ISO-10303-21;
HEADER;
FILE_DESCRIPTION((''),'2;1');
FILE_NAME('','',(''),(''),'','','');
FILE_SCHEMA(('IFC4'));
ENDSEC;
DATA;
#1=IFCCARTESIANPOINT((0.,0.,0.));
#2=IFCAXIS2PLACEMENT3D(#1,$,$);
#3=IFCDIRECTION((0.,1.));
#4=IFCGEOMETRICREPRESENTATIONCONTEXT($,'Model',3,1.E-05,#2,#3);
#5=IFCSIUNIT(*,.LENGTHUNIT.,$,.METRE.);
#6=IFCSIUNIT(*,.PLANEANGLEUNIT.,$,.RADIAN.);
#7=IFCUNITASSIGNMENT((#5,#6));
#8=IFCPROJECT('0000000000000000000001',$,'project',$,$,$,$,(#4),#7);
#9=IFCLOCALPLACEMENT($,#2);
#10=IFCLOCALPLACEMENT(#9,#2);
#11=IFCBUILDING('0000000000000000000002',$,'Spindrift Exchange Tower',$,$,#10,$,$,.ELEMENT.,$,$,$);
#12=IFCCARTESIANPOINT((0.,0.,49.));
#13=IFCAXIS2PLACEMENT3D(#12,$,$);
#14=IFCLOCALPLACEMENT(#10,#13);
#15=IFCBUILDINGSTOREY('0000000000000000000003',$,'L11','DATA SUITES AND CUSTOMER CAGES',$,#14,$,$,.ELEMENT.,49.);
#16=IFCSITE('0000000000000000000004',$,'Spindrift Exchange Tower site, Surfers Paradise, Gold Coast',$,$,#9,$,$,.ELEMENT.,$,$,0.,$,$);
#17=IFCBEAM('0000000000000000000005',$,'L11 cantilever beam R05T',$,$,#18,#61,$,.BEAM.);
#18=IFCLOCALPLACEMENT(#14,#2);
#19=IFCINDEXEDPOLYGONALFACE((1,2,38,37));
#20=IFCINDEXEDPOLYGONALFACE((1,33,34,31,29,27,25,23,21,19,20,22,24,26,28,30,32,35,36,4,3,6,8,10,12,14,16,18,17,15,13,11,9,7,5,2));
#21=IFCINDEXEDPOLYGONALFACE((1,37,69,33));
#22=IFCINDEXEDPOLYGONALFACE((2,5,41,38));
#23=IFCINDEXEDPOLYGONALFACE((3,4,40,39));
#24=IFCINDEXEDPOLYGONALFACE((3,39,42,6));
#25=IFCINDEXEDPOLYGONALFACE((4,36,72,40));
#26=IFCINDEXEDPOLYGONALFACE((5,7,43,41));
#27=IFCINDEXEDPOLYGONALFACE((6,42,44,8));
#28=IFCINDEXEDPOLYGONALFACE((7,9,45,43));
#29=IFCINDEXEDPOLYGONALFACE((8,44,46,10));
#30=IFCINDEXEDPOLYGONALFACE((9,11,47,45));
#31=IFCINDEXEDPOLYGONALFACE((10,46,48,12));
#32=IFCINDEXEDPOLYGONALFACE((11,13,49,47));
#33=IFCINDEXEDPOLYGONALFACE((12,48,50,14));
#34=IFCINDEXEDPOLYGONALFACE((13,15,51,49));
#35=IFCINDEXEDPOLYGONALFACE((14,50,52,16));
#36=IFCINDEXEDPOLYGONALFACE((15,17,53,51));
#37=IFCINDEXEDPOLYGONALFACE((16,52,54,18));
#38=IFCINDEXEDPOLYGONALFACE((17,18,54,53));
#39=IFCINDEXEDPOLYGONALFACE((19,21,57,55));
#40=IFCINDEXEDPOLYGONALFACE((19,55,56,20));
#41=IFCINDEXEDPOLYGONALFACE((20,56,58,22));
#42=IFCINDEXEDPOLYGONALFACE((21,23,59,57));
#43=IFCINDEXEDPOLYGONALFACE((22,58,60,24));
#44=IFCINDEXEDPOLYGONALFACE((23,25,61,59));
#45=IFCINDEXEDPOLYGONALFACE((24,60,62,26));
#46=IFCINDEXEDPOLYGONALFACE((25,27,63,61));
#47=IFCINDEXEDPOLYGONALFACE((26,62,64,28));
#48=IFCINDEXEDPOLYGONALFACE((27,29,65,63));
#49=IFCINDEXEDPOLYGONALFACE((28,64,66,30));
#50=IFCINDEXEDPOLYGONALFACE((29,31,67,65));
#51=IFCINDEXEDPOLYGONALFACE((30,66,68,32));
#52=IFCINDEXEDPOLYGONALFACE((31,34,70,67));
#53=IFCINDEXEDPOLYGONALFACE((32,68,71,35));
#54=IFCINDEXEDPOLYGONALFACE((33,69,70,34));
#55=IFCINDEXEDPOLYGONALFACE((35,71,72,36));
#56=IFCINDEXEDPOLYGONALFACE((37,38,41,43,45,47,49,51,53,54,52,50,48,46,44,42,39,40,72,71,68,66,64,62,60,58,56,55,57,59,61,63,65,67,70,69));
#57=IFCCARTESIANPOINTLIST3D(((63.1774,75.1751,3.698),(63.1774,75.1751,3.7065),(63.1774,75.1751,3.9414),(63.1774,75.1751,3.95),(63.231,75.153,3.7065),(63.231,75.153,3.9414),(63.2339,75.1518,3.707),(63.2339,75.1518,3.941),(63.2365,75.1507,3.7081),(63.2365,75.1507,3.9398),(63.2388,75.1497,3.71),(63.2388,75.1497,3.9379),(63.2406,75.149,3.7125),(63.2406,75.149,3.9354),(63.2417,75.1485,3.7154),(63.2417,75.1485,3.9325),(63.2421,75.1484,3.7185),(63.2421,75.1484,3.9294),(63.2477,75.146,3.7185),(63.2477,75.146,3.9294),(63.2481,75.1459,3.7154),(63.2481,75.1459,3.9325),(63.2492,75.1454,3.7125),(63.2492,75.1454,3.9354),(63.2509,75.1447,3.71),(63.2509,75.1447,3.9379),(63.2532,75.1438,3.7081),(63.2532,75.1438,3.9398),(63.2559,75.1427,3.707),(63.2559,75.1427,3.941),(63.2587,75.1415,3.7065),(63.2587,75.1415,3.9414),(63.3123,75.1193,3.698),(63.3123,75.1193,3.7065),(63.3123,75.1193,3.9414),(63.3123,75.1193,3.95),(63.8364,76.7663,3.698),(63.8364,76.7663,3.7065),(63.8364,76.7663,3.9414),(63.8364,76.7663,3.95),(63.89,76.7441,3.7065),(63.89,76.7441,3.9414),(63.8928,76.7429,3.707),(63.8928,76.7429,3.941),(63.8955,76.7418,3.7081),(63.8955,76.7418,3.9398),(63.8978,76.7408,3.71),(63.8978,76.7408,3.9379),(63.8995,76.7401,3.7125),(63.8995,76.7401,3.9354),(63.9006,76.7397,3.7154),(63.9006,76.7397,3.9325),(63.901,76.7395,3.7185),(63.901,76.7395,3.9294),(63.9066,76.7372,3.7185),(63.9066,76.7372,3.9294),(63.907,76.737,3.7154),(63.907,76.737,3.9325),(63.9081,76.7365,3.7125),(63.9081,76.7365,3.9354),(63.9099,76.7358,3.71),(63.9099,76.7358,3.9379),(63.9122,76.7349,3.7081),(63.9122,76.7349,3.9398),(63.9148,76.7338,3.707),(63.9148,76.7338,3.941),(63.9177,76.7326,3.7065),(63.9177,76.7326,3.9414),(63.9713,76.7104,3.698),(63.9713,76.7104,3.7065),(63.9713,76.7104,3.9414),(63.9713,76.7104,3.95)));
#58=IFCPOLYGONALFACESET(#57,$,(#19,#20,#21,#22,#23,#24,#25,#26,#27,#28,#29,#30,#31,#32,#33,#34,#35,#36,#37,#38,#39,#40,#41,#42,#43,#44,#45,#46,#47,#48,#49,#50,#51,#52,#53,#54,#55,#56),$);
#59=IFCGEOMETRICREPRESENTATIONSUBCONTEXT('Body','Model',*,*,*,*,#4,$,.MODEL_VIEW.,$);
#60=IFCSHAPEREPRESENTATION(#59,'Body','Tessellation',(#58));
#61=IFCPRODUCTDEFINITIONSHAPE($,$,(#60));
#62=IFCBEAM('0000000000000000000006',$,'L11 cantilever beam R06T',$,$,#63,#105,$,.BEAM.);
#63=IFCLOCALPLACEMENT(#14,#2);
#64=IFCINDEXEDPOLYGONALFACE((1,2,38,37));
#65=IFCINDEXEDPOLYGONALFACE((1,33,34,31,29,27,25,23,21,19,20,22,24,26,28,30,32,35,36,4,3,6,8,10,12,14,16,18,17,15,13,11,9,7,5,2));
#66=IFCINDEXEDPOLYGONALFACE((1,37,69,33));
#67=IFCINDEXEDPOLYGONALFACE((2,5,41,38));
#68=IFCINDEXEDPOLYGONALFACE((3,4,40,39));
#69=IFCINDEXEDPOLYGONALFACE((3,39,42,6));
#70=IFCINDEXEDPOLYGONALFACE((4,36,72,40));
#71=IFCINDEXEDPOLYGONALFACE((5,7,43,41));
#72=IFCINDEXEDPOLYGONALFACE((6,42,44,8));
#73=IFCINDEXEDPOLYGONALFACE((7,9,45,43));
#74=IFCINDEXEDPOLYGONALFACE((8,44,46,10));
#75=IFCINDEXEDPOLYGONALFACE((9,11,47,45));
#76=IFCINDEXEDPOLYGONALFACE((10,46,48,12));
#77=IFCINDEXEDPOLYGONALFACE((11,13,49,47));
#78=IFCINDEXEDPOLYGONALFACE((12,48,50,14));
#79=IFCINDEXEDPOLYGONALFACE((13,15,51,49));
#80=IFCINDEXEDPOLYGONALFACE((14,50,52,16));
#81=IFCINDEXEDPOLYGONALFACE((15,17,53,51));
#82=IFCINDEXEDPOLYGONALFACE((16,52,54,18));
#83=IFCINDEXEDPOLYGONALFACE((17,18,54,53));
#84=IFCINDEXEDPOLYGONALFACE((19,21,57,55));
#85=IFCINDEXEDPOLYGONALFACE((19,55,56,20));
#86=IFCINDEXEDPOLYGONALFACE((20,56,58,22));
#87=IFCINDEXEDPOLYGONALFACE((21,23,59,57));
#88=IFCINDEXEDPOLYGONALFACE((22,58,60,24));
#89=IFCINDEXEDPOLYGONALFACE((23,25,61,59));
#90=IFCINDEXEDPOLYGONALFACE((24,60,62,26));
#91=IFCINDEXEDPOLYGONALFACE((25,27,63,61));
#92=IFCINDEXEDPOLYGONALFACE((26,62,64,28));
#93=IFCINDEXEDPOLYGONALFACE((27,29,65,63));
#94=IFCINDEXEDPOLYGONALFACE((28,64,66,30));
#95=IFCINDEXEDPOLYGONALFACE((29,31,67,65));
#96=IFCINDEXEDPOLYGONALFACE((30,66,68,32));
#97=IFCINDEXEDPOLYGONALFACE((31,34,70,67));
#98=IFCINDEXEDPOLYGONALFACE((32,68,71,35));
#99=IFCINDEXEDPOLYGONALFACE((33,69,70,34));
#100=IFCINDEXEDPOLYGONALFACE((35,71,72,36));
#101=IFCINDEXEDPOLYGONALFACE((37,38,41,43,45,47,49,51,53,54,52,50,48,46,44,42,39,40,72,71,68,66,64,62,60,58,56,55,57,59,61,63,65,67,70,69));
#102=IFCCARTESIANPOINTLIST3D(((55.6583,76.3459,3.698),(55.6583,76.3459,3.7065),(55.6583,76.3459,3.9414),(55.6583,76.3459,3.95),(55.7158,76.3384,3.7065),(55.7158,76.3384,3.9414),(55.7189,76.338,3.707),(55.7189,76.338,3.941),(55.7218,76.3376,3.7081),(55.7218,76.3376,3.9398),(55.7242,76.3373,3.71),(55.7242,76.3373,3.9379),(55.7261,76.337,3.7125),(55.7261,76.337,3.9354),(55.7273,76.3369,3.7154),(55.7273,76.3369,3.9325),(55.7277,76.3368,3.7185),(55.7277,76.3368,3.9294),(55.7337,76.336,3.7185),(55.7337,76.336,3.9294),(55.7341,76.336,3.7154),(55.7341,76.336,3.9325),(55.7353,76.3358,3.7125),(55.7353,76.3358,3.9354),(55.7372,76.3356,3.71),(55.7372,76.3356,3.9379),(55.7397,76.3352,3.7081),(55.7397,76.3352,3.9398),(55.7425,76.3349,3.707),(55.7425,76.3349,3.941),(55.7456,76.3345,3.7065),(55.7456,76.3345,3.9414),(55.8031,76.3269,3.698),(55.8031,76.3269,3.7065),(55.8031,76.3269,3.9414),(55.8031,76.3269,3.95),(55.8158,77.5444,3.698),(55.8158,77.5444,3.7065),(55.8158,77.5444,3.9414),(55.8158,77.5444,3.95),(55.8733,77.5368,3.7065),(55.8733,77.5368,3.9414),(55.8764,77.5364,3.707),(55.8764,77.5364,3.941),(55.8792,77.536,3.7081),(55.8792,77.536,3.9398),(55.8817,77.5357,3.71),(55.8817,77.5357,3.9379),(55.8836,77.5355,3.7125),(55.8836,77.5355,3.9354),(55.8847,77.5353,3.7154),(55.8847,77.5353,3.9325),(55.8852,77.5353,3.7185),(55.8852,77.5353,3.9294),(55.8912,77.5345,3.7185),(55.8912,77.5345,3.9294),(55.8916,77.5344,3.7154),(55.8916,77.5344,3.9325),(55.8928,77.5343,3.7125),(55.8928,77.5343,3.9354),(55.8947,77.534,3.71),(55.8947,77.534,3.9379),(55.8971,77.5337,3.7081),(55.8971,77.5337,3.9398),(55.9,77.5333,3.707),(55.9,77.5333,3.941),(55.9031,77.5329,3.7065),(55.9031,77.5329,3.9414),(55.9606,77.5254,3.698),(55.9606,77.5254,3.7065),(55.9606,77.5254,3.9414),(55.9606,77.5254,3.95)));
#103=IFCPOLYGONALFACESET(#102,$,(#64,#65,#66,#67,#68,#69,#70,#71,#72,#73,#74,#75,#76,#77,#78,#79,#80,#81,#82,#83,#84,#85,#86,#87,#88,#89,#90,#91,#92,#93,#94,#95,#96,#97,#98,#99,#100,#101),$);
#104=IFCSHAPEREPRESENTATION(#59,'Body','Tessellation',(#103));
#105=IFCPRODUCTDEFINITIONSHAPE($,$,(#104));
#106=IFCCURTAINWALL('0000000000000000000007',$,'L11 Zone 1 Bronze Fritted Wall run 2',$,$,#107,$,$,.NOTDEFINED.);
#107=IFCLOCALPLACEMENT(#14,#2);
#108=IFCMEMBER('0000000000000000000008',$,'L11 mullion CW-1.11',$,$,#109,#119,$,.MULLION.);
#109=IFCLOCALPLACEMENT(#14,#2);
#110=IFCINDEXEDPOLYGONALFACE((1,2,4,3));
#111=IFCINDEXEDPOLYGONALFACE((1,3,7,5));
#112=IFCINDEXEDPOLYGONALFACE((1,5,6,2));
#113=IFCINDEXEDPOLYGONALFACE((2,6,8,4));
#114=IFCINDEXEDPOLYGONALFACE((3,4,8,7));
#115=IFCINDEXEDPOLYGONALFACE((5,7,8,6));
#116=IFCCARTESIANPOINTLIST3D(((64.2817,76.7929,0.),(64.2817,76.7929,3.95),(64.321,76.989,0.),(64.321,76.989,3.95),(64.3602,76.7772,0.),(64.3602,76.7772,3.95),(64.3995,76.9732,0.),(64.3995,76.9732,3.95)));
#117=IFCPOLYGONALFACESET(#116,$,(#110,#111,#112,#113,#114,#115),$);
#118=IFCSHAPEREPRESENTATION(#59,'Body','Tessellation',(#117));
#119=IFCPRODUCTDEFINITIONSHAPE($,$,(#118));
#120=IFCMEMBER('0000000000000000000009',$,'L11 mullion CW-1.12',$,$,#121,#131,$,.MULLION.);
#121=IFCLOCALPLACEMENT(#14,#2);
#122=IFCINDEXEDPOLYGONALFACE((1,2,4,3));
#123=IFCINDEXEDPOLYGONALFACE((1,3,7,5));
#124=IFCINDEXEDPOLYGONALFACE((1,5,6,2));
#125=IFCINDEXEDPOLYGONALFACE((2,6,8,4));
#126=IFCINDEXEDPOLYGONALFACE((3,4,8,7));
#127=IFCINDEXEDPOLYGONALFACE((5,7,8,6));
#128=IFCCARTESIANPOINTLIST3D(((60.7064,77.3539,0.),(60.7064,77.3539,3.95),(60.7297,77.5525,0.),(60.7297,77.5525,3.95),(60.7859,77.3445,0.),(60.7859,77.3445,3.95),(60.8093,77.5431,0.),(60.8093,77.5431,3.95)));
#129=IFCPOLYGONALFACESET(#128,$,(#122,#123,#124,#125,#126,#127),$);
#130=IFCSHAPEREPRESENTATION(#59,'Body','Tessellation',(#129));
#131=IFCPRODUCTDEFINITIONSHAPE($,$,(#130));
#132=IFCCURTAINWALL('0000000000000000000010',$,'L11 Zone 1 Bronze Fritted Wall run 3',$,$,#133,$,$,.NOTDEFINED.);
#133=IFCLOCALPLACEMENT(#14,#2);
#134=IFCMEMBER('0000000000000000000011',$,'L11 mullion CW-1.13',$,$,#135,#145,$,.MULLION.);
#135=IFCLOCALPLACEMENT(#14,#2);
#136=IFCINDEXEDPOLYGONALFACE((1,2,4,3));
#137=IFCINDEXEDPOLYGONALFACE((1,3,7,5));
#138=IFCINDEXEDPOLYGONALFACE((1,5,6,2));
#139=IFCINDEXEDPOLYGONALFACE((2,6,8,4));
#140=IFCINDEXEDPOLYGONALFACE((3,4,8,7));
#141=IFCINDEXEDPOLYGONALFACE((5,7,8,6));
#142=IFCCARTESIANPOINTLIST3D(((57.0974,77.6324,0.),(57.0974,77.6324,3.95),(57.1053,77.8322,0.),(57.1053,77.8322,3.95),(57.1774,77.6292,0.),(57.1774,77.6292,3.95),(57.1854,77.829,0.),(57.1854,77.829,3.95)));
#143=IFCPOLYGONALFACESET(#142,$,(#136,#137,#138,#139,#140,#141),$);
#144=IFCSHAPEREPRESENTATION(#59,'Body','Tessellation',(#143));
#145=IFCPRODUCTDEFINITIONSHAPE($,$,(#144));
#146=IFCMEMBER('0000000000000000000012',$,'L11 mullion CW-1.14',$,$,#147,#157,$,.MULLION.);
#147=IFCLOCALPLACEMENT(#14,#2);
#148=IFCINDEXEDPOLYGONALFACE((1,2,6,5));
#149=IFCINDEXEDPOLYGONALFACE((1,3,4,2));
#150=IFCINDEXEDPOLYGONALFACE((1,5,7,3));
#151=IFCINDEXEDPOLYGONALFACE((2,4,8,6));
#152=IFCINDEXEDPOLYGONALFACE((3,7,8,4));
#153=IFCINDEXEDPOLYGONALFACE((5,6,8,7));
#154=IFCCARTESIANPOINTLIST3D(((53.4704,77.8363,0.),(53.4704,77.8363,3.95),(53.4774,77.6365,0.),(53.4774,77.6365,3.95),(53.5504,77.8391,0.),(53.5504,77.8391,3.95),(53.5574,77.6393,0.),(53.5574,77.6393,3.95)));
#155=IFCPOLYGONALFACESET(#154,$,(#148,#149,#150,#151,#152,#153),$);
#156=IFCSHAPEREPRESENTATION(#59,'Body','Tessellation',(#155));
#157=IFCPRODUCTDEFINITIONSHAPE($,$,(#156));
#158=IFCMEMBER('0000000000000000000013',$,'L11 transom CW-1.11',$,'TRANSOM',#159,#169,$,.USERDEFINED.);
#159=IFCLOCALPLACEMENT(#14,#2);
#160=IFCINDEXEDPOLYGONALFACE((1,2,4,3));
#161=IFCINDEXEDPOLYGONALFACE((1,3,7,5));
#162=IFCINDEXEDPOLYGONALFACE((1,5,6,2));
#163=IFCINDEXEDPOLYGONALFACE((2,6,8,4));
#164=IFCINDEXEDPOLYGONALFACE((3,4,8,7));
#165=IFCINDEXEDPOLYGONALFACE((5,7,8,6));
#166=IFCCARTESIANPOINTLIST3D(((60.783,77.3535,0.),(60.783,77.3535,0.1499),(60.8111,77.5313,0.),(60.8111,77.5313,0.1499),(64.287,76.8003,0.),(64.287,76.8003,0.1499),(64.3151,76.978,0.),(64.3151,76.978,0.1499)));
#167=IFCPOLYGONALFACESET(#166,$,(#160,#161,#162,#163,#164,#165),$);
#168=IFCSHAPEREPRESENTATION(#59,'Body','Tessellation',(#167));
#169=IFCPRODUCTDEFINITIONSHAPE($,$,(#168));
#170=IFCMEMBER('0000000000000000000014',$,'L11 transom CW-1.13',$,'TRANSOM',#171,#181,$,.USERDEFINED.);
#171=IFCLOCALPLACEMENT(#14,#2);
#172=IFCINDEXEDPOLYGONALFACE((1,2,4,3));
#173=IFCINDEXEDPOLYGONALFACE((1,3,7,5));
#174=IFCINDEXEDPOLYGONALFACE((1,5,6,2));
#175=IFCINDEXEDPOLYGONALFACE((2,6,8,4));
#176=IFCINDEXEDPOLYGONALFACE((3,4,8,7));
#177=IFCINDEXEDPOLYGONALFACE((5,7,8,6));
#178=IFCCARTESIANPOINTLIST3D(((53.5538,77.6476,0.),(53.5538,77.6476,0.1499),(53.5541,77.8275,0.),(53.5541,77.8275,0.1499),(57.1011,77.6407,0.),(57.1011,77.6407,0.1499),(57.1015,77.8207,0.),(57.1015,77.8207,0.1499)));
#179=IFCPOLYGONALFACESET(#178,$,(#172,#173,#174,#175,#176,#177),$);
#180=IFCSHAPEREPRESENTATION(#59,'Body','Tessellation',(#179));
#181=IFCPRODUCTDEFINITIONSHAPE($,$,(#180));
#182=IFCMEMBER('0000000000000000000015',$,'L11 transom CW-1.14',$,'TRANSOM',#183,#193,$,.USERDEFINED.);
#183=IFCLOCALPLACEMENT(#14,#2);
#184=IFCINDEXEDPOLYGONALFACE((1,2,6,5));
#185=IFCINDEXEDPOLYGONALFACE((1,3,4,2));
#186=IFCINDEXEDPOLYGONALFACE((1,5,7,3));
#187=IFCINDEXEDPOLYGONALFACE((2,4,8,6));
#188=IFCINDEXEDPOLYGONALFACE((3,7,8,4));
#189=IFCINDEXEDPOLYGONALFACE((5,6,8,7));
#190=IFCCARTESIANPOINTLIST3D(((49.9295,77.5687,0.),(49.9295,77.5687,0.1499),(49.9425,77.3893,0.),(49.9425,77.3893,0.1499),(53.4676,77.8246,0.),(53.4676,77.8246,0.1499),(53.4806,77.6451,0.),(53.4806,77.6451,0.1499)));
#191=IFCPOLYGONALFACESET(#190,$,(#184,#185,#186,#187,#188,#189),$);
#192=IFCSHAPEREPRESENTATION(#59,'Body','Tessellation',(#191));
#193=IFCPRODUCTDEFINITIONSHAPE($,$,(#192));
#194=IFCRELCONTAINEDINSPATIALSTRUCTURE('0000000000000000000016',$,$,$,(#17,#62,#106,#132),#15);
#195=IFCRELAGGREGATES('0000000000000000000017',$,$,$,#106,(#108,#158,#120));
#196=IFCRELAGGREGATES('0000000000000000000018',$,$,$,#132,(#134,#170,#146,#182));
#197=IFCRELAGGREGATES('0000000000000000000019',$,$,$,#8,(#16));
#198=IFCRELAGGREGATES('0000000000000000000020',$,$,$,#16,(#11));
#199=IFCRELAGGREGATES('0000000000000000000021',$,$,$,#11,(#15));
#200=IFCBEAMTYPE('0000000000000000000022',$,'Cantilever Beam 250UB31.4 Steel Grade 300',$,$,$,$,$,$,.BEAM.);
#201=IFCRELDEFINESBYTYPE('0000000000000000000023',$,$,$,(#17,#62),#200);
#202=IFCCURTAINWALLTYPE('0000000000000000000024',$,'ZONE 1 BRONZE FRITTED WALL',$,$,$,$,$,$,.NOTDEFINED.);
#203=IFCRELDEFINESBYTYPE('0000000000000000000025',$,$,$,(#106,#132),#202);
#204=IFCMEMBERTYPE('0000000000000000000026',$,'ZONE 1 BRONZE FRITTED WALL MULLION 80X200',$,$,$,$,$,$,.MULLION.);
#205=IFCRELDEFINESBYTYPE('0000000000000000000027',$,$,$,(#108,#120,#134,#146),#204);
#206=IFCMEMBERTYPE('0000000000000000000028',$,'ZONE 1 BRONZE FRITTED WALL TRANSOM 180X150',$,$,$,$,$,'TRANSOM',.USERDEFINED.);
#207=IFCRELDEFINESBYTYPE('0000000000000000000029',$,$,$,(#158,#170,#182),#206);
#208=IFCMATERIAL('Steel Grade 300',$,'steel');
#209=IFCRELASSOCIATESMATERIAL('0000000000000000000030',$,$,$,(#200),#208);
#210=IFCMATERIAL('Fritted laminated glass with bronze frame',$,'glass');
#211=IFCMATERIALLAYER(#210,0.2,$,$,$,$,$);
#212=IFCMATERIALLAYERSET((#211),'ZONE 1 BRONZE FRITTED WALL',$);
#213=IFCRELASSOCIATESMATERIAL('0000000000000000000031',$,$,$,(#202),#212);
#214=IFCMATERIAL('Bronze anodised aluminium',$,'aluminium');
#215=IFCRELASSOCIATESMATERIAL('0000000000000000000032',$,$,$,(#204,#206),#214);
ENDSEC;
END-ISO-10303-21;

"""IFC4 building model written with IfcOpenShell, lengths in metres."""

from ifc_helpers import new_model, si_unit, direction, frame, origin, origin_2d, place, context, subcontext, project, spatial, rectangle, i_section, extrude, source, transform, mapped, material, layer, layer_set, material_profile, profile_set, type_object, element, aggregate, save


model = new_model("IFC4")

# Units and contexts
model_context = context("Model", 3, precision=1e-05, world=origin(), true_north=direction((0.0, 1.0)))
body_context = subcontext(model_context, "Body", "Model", "MODEL_VIEW")
ifc_project = project(units=[si_unit("LENGTHUNIT", "METRE"), si_unit("PLANEANGLEUNIT", "RADIAN")], contexts=[model_context])

# Site, building, storey
site_placement = place(None, origin())
site = spatial("IfcSite", under=ifc_project, at=site_placement, Name="Spindrift Exchange Tower site, Surfers Paradise, Gold Coast", CompositionType="ELEMENT", RefElevation=0.0)
building_placement = place(site_placement, origin())
building = spatial("IfcBuilding", under=site, at=building_placement, Name="Spindrift Exchange Tower", CompositionType="ELEMENT")
storey_placement = place(building_placement, frame((0.0, 0.0, 49.0)))
storey = spatial("IfcBuildingStorey", under=building, at=storey_placement, Name="L11", Description="DATA SUITES AND CUSTOMER CAGES", CompositionType="ELEMENT", Elevation=49.0)

# Beams
ifc_material_1 = material(Name="Steel Grade 300", Category="steel")
ifc_material_profile_1 = material_profile(ifc_material_1, i_section(OverallWidth=0.146, OverallDepth=0.252, WebThickness=0.0061, FlangeThickness=0.0085, FilletRadius=0.012, at=origin_2d()), Name="250UB31.4")
ifc_profile_set_1 = profile_set([ifc_material_profile_1], Name="Steel Grade 300")
beam_type_1 = type_object("IfcBeamType", Name="Cantilever Beam 250UB31.4 Steel Grade 300", PredefinedType="BEAM", material=ifc_profile_set_1)
shared_shape_1 = source(origin(), body_context, "Body", "SweptSolid", [
    extrude(i_section(OverallWidth=0.146, OverallDepth=0.252, WebThickness=0.0061, FlangeThickness=0.0085, FilletRadius=0.012, at=origin_2d()), origin(), (0.0, 0.0, 1.0), 1.7222),
])
beam_1_placement = place(storey_placement, frame((63.2449, 75.1472, 3.824), z_axis=(0.382631, 0.923901, 0.0), x_axis=(-0.923901, 0.382631, 0.0)))
element("IfcBeam", 1, at=beam_1_placement, inside=storey, type_object=beam_type_1, Name="L11 cantilever beam R05T", PredefinedType="BEAM", context=body_context, shape_type="MappedRepresentation", body=[
    mapped(shared_shape_1, transform((0.0, 0.0, 0.0), scale=1.0)),
])
shared_shape_2 = source(origin(), body_context, "Body", "SweptSolid", [
    extrude(i_section(OverallWidth=0.146, OverallDepth=0.252, WebThickness=0.0061, FlangeThickness=0.0085, FilletRadius=0.012, at=origin_2d()), origin(), (0.0, 0.0, 1.0), 1.2087),
])
beam_2_placement = place(storey_placement, frame((55.7307, 76.3364, 3.824), z_axis=(0.130272, 0.991478, 0.0), x_axis=(-0.991478, 0.130272, 0.0)))
element("IfcBeam", 2, at=beam_2_placement, inside=storey, type_object=beam_type_1, Name="L11 cantilever beam R06T", PredefinedType="BEAM", context=body_context, shape_type="MappedRepresentation", body=[
    mapped(shared_shape_2, transform((0.0, 0.0, 0.0), scale=1.0)),
])

# Curtain walls, members
ifc_material_2 = material(Name="Fritted laminated glass with bronze frame", Category="glass")
ifc_layer_1 = layer(ifc_material_2, 0.2)
ifc_layer_set_1 = layer_set([ifc_layer_1], Name="ZONE 1 BRONZE FRITTED WALL")
curtain_wall_type = type_object("IfcCurtainWallType", Name="ZONE 1 BRONZE FRITTED WALL", PredefinedType="NOTDEFINED", material=ifc_layer_set_1)
curtain_wall_1_placement = place(storey_placement, origin())
curtain_wall_1 = element("IfcCurtainWall", 3, at=curtain_wall_1_placement, inside=storey, type_object=curtain_wall_type, Name="L11 Zone 1 Bronze Fritted Wall run 2", PredefinedType="NOTDEFINED")
ifc_material_3 = material(Name="Bronze anodised aluminium", Category="aluminium")
ifc_material_profile_2 = material_profile(ifc_material_3, rectangle(XDim=0.0801, YDim=0.2, at=origin_2d()), Name="ZONE 1 BRONZE FRITTED WALL MULLION 80X200")
ifc_profile_set_2 = profile_set([ifc_material_profile_2], Name="Bronze anodised aluminium")
member_type_1 = type_object("IfcMemberType", Name="ZONE 1 BRONZE FRITTED WALL MULLION 80X200", PredefinedType="MULLION", material=ifc_profile_set_2)
shared_shape_3 = source(origin(), body_context, "Body", "SweptSolid", [
    extrude(rectangle(XDim=0.0801, YDim=0.2, at=origin_2d()), origin(), (0.0, 0.0, 1.0), 3.95),
])
member_1_placement = place(storey_placement, frame((64.3406, 76.8831, 0.0), z_axis=(0.0, 0.0, 1.0), x_axis=(-0.980509, 0.196475, 0.0)))
member_1 = element("IfcMember", 4, at=member_1_placement, type_object=member_type_1, Name="L11 mullion CW-1.11", PredefinedType="MULLION", context=body_context, shape_type="MappedRepresentation", body=[
    mapped(shared_shape_3, transform((0.0, 0.0, 0.0), scale=1.0)),
])
member_2_placement = place(storey_placement, frame((60.7578, 77.4485, 0.0), z_axis=(0.0, 0.0, 1.0), x_axis=(-0.993139, 0.116942, 0.0)))
member_2 = element("IfcMember", 5, at=member_2_placement, type_object=member_type_1, Name="L11 mullion CW-1.12", PredefinedType="MULLION", context=body_context, shape_type="MappedRepresentation", body=[
    mapped(shared_shape_3, transform((0.0, 0.0, 0.0), scale=1.0)),
])
curtain_wall_2_placement = place(storey_placement, origin())
curtain_wall_2 = element("IfcCurtainWall", 6, at=curtain_wall_2_placement, inside=storey, type_object=curtain_wall_type, Name="L11 Zone 1 Bronze Fritted Wall run 3", PredefinedType="NOTDEFINED")
member_3_placement = place(storey_placement, frame((57.1414, 77.7307, 0.0), z_axis=(0.0, 0.0, 1.0), x_axis=(-0.999204, 0.039893, 0.0)))
member_3 = element("IfcMember", 7, at=member_3_placement, type_object=member_type_1, Name="L11 mullion CW-1.13", PredefinedType="MULLION", context=body_context, shape_type="MappedRepresentation", body=[
    mapped(shared_shape_3, transform((0.0, 0.0, 0.0), scale=1.0)),
])
member_4_placement = place(storey_placement, frame((53.5139, 77.7378, 0.0), z_axis=(0.0, 0.0, 1.0), x_axis=(-0.999384, -0.035105, 0.0)))
member_4 = element("IfcMember", 8, at=member_4_placement, type_object=member_type_1, Name="L11 mullion CW-1.14", PredefinedType="MULLION", context=body_context, shape_type="MappedRepresentation", body=[
    mapped(shared_shape_3, transform((0.0, 0.0, 0.0), scale=1.0)),
])

# Members
ifc_material_profile_3 = material_profile(ifc_material_3, rectangle(XDim=0.1799, YDim=0.1499, at=origin_2d()), Name="ZONE 1 BRONZE FRITTED WALL TRANSOM 180X150")
ifc_profile_set_3 = profile_set([ifc_material_profile_3], Name="Bronze anodised aluminium")
member_type_2 = type_object("IfcMemberType", Name="ZONE 1 BRONZE FRITTED WALL TRANSOM 180X150", ElementType="TRANSOM", PredefinedType="USERDEFINED", material=ifc_profile_set_3)
shared_shape_4 = source(origin(), body_context, "Body", "SweptSolid", [
    extrude(rectangle(XDim=0.1799, YDim=0.1499, at=origin_2d()), origin(), (0.0, 0.0, 1.0), 3.5474),
])
member_5_placement = place(storey_placement, frame((64.301, 76.8892, 0.075), z_axis=(-0.987764, 0.155956, 0.0), x_axis=(-0.155956, -0.987764, 0.0)))
member_5 = element("IfcMember", 9, at=member_5_placement, type_object=member_type_2, Name="L11 transom CW-1.11", ObjectType="TRANSOM", PredefinedType="USERDEFINED", context=body_context, shape_type="MappedRepresentation", body=[
    mapped(shared_shape_4, transform((0.0, 0.0, 0.0), scale=1.0)),
])
member_6_placement = place(storey_placement, frame((57.1013, 77.7307, 0.075), z_axis=(-0.999998, 0.001927, 0.0), x_axis=(-0.001927, -0.999998, 0.0)))
member_6 = element("IfcMember", 10, at=member_6_placement, type_object=member_type_2, Name="L11 transom CW-1.13", ObjectType="TRANSOM", PredefinedType="USERDEFINED", context=body_context, shape_type="MappedRepresentation", body=[
    mapped(shared_shape_4, transform((0.0, 0.0, 0.0), scale=1.0)),
])
member_7_placement = place(storey_placement, frame((53.4741, 77.7349, 0.075), z_axis=(-0.997395, -0.072127, 0.0), x_axis=(0.072127, -0.997395, 0.0)))
member_7 = element("IfcMember", 11, at=member_7_placement, type_object=member_type_2, Name="L11 transom CW-1.14", ObjectType="TRANSOM", PredefinedType="USERDEFINED", context=body_context, shape_type="MappedRepresentation", body=[
    mapped(shared_shape_4, transform((0.0, 0.0, 0.0), scale=1.0)),
])

aggregate(curtain_wall_1, [member_1, member_5, member_2])
aggregate(curtain_wall_2, [member_3, member_6, member_4, member_7])

save(model, "model.ifc")
